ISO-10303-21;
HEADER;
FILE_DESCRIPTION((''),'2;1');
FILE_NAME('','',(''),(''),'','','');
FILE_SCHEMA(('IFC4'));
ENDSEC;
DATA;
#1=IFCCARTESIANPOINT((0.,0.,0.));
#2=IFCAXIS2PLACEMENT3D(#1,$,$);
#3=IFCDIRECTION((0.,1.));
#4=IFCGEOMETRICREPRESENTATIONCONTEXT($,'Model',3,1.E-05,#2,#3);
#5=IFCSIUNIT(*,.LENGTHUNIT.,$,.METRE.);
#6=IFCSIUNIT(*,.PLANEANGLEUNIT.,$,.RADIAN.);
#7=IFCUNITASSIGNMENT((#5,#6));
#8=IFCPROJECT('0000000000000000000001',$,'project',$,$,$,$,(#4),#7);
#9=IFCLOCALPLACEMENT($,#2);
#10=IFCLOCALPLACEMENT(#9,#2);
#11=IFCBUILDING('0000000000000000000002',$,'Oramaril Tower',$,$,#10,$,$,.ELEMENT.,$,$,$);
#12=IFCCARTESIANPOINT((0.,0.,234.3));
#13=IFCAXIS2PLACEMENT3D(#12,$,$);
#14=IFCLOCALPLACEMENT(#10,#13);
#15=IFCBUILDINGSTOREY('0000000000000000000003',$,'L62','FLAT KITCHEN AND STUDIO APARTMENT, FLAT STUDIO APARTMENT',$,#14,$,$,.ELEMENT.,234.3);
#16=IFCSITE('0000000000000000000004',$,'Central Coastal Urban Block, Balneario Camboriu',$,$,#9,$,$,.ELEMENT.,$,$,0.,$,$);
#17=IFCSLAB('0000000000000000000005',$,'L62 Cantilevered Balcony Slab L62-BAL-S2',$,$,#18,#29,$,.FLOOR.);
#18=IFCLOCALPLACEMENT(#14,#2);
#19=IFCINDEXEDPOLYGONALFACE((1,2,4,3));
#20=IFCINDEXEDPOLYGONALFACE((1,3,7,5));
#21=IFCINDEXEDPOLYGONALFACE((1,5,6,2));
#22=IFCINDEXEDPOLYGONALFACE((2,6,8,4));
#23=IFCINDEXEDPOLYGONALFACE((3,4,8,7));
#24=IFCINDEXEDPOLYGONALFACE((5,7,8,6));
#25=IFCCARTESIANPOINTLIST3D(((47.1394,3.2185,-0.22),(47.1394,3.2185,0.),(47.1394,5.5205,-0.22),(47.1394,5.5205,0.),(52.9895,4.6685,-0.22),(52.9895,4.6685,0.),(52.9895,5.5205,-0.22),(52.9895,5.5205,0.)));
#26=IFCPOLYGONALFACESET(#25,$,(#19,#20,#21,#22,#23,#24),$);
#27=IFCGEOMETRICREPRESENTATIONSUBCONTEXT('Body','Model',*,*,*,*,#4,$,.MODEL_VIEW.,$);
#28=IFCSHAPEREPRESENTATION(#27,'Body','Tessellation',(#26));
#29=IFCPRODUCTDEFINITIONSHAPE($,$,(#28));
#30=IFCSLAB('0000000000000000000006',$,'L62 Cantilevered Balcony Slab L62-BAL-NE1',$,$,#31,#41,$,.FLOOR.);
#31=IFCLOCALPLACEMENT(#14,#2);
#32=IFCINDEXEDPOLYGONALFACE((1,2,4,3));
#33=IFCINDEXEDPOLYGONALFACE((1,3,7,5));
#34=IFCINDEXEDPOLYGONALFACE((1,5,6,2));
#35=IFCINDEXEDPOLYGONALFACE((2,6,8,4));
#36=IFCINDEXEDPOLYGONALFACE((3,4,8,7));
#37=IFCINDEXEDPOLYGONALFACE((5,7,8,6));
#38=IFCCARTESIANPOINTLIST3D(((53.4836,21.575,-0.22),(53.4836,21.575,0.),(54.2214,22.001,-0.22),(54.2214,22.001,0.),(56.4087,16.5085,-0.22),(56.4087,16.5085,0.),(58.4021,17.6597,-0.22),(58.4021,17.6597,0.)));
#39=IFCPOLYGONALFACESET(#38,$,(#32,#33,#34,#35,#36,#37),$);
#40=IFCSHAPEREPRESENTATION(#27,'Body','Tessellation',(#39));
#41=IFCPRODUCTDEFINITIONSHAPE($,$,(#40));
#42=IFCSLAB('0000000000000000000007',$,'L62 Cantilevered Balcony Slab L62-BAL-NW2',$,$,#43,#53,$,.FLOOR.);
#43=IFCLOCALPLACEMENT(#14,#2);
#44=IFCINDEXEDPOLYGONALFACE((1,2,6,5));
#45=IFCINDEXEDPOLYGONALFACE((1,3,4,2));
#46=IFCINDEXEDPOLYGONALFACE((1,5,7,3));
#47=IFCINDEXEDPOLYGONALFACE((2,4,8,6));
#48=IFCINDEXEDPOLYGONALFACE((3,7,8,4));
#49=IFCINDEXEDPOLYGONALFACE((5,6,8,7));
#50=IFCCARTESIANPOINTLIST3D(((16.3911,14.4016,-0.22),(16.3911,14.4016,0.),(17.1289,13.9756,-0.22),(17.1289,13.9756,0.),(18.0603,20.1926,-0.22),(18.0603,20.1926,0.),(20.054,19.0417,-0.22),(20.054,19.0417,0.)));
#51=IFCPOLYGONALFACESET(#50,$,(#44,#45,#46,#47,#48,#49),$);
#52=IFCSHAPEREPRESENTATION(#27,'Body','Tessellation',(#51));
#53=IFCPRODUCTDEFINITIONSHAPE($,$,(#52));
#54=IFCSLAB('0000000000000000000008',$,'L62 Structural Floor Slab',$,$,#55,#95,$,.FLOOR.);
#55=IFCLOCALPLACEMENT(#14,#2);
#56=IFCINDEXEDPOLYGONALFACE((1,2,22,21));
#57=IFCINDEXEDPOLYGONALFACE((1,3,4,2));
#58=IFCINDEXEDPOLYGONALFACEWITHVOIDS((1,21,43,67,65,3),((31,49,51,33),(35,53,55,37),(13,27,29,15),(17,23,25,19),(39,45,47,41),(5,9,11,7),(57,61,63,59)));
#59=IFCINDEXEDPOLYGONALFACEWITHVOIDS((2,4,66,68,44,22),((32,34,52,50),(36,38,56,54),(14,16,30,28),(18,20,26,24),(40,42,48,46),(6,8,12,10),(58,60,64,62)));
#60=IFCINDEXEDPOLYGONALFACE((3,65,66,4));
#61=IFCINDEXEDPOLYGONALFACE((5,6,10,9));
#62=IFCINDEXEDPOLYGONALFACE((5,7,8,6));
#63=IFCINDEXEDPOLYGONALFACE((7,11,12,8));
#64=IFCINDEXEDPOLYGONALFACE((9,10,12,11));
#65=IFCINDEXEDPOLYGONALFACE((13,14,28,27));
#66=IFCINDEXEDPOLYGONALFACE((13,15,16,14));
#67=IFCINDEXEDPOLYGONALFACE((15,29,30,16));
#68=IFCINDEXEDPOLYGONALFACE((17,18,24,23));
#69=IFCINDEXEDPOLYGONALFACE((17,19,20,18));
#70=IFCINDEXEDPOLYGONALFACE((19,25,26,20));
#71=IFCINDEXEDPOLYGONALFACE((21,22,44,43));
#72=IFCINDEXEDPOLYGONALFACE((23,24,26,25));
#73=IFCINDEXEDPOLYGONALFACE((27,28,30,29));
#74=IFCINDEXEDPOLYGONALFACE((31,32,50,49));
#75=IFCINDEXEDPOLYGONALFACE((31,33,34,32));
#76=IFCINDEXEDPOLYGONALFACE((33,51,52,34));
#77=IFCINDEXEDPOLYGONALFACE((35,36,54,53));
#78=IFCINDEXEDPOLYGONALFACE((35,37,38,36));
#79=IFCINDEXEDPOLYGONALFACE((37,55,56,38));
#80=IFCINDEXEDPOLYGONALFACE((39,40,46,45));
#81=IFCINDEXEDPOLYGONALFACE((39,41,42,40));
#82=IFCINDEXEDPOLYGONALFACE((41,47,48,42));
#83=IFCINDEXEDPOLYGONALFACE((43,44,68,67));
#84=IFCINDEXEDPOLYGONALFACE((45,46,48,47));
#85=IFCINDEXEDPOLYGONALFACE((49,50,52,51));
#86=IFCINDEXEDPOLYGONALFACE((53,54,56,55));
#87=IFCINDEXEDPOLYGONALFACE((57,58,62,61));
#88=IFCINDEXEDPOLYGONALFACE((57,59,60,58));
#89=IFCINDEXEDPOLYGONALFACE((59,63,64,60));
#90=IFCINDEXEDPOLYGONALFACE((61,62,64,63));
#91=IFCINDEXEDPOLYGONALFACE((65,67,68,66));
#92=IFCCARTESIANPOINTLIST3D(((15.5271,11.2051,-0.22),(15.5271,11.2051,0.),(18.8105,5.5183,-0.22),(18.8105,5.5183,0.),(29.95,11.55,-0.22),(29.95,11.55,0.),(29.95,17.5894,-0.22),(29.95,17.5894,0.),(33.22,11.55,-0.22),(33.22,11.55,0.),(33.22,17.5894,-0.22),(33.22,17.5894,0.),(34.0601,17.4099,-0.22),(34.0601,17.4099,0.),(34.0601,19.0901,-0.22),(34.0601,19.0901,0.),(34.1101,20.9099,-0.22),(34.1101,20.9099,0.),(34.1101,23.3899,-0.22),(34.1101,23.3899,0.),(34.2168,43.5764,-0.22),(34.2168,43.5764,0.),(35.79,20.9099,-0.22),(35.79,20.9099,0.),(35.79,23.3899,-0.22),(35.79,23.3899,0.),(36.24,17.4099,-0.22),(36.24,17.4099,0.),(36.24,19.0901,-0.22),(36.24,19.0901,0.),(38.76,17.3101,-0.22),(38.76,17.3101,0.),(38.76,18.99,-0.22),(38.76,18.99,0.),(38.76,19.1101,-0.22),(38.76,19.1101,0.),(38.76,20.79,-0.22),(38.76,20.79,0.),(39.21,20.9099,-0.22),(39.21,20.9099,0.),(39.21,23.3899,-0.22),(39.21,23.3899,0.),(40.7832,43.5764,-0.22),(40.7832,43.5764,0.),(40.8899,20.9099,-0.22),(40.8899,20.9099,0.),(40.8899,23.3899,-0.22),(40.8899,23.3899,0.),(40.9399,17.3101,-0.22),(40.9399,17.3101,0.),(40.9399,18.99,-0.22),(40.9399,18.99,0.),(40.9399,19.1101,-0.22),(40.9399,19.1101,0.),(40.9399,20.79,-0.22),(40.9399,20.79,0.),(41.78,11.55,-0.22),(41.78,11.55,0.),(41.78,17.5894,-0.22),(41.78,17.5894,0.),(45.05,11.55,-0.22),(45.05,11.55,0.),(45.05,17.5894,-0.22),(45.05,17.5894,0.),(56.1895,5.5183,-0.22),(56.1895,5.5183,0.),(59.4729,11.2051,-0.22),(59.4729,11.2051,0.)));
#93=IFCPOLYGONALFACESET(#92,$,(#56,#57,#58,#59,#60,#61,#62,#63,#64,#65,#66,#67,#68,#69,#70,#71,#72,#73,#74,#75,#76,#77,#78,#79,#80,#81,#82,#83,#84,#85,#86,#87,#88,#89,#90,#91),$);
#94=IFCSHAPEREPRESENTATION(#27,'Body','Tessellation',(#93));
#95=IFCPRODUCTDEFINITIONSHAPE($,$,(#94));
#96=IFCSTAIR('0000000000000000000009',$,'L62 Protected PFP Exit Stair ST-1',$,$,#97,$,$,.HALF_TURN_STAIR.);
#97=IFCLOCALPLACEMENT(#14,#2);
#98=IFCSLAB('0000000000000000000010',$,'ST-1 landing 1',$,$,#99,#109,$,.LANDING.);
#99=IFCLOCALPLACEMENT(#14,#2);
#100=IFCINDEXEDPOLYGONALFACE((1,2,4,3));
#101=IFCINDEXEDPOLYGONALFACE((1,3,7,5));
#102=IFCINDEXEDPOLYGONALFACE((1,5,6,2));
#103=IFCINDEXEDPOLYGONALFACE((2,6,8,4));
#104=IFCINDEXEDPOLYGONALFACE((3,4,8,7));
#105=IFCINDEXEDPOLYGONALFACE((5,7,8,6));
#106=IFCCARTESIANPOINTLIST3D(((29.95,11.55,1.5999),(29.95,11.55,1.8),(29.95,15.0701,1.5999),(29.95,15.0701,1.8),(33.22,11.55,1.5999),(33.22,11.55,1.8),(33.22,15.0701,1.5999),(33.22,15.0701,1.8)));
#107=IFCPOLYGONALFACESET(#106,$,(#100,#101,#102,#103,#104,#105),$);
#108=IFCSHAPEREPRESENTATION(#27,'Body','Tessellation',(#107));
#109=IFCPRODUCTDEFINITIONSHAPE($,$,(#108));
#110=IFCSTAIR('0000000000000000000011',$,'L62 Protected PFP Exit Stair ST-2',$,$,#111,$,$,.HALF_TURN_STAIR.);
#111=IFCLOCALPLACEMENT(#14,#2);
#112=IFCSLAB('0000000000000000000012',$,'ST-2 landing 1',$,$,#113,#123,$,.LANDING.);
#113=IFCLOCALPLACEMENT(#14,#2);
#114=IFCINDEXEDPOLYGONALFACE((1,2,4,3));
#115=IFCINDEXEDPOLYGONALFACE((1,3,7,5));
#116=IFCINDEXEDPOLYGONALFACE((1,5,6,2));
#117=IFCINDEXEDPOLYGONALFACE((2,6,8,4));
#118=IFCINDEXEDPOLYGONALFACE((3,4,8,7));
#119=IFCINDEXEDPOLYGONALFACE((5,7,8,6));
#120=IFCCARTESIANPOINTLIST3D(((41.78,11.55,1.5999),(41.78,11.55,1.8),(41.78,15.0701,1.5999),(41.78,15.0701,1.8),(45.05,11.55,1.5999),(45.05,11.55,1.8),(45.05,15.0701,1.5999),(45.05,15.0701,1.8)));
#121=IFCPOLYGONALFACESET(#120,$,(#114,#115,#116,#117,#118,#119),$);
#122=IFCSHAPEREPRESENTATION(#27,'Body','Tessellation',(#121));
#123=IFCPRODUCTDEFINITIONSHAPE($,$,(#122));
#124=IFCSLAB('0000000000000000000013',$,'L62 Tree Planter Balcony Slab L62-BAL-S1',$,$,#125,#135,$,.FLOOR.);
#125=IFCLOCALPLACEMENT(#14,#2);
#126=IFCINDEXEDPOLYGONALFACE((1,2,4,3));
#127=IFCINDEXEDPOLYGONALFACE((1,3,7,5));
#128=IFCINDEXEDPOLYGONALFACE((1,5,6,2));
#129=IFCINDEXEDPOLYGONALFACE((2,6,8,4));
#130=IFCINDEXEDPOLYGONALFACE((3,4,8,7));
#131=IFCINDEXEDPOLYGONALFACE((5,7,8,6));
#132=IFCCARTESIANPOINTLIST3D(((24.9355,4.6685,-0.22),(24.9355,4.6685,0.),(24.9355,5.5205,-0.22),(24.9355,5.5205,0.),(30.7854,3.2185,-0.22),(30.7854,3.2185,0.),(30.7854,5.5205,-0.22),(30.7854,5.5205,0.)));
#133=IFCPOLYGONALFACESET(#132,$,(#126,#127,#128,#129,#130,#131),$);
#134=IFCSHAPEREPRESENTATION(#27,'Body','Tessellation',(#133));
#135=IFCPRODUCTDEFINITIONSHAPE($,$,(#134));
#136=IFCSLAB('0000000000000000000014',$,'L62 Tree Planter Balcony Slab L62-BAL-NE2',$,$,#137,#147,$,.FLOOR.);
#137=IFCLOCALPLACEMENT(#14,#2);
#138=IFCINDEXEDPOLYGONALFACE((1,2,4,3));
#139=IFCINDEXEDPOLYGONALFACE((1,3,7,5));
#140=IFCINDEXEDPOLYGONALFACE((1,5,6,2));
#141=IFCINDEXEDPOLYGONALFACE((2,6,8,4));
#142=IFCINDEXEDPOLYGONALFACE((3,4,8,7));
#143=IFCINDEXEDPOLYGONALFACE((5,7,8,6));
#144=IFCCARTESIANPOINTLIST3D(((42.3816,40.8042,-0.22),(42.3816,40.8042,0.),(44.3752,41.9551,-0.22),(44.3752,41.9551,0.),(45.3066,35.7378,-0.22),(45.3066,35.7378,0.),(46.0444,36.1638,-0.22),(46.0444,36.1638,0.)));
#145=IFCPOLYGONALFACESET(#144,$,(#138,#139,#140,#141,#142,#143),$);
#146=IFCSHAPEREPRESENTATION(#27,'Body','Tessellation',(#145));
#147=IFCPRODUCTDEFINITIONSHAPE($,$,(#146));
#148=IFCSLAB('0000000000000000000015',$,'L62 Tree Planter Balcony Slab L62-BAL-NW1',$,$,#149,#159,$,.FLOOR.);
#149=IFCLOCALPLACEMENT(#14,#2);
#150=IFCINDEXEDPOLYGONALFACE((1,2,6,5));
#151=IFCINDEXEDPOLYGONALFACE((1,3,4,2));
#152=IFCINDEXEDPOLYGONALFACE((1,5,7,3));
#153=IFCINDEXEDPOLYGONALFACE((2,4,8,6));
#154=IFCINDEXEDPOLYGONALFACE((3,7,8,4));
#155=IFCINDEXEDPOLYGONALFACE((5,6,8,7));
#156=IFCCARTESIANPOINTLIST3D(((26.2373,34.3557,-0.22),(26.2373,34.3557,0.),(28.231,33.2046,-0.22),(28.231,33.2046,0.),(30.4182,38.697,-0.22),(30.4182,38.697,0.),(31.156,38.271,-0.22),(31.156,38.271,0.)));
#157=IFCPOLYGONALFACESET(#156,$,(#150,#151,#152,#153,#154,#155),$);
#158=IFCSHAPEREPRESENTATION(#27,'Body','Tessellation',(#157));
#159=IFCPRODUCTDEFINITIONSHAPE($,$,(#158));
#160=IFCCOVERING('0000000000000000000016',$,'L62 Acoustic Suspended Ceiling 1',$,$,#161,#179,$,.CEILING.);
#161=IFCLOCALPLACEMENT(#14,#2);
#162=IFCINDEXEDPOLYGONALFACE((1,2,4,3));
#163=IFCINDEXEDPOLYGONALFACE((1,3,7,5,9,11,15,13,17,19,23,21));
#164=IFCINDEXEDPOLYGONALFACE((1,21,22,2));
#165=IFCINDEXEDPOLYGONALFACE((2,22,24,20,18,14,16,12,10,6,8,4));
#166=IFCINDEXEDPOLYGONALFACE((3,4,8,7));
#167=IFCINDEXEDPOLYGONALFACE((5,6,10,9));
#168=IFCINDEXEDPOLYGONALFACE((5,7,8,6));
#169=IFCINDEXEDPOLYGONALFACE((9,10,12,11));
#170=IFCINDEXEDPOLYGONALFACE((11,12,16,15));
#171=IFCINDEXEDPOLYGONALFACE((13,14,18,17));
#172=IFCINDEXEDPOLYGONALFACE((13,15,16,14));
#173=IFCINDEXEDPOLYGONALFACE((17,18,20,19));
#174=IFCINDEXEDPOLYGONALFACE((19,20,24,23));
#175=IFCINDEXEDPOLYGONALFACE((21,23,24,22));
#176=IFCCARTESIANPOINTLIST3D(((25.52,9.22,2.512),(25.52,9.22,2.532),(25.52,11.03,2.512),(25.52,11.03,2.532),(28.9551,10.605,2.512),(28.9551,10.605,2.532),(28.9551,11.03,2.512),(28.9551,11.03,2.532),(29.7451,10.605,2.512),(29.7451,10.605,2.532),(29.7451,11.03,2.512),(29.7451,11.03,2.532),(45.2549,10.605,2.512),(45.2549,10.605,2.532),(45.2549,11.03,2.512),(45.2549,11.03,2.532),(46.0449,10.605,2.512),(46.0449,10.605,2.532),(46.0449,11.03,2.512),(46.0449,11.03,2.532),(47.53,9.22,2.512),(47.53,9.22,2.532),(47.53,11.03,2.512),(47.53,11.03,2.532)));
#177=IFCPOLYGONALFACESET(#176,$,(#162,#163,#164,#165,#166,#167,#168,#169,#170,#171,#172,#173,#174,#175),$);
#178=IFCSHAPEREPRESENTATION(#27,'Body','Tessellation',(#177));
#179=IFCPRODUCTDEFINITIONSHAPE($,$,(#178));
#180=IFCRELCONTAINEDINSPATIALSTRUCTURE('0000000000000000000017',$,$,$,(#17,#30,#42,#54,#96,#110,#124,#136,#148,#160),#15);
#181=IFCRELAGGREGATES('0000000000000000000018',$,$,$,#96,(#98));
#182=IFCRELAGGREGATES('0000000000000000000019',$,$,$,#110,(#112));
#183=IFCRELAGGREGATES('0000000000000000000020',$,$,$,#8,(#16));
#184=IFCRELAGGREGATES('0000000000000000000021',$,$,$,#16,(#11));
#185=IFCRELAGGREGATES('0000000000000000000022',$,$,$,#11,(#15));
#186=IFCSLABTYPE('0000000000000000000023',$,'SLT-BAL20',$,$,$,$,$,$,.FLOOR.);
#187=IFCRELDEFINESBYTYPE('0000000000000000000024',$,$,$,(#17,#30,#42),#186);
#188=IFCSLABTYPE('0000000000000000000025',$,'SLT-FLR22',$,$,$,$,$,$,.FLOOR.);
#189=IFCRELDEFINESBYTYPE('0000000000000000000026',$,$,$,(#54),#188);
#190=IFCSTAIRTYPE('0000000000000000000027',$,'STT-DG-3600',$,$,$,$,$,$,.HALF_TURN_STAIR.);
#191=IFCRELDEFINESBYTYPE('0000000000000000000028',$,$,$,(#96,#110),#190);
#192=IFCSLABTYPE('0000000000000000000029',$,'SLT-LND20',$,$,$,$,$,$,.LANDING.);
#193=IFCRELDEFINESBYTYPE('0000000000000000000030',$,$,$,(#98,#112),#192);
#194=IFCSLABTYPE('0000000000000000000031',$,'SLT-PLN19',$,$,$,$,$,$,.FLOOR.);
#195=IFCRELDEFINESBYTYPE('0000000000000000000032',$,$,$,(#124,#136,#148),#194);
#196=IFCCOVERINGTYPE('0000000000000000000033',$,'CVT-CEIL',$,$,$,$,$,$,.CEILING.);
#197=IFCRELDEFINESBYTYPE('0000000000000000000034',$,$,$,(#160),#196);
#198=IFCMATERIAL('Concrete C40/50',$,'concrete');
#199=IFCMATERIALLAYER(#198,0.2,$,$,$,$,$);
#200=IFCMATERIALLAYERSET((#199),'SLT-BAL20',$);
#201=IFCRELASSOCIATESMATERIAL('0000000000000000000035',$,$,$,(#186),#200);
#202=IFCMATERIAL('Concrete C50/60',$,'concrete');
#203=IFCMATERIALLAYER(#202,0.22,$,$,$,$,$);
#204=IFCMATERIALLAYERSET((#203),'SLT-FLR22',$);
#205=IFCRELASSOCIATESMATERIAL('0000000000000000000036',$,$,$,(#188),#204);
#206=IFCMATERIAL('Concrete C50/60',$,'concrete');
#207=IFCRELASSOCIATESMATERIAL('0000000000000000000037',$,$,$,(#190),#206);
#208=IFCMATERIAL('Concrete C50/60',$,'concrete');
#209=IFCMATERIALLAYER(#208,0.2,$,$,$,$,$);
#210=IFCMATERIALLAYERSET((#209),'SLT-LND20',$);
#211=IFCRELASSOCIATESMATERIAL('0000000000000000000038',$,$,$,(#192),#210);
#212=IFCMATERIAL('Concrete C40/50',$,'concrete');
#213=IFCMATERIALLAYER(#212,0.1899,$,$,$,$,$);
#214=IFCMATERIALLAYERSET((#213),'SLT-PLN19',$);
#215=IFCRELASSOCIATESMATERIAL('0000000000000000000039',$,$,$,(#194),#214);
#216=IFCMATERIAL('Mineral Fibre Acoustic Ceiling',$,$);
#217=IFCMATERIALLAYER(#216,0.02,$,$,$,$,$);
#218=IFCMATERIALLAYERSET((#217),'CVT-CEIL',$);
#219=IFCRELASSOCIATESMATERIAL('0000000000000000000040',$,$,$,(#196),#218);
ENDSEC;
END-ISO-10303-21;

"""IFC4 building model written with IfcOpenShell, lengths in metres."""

from ifc_helpers import new_model, si_unit, direction, frame, origin, place, context, subcontext, project, spatial, polyline, outline, extrude, material, layer, layer_set, type_object, element, aggregate, save


model = new_model("IFC4")

# Units and contexts
model_context = context("Model", 3, precision=1e-05, world=origin(), true_north=direction((0.0, 1.0)))
body_context = subcontext(model_context, "Body", "Model", "MODEL_VIEW")
ifc_project = project(units=[si_unit("LENGTHUNIT", "METRE"), si_unit("PLANEANGLEUNIT", "RADIAN")], contexts=[model_context])

# Site, building, storey
site_placement = place(None, origin())
site = spatial("IfcSite", under=ifc_project, at=site_placement, Name="Central Coastal Urban Block, Balneario Camboriu", CompositionType="ELEMENT", RefElevation=0.0)
building_placement = place(site_placement, origin())
building = spatial("IfcBuilding", under=site, at=building_placement, Name="Oramaril Tower", CompositionType="ELEMENT")
storey_placement = place(building_placement, frame((0.0, 0.0, 234.3)))
storey = spatial("IfcBuildingStorey", under=building, at=storey_placement, Name="L62", Description="FLAT KITCHEN AND STUDIO APARTMENT, FLAT STUDIO APARTMENT", CompositionType="ELEMENT", Elevation=234.3)

# Slabs
ifc_material_1 = material(Name="Concrete C40/50", Category="concrete")
ifc_layer_1 = layer(ifc_material_1, 0.2)
ifc_layer_set_1 = layer_set([ifc_layer_1], Name="SLT-BAL20")
slab_type_1 = type_object("IfcSlabType", Name="SLT-BAL20", PredefinedType="FLOOR", material=ifc_layer_set_1)
slab_1_placement = place(storey_placement, frame((0.0, 0.0, -0.22)))
element("IfcSlab", 1, at=slab_1_placement, inside=storey, type_object=slab_type_1, Name="L62 Cantilevered Balcony Slab L62-BAL-S2", PredefinedType="FLOOR", context=body_context, shape_type="SweptSolid", body=[
    extrude(outline(polyline([(47.1394, 5.5205), (52.9895, 5.5205), (52.9895, 4.6685), (47.1394, 3.2185), (47.1394, 5.5205)])), origin(), (0.0, 0.0, 1.0), 0.22),
])
slab_2_placement = place(storey_placement, frame((0.0, 0.0, -0.22)))
element("IfcSlab", 2, at=slab_2_placement, inside=storey, type_object=slab_type_1, Name="L62 Cantilevered Balcony Slab L62-BAL-NE1", PredefinedType="FLOOR", context=body_context, shape_type="SweptSolid", body=[
    extrude(outline(polyline([(56.4087, 16.5085), (53.4836, 21.575), (54.2214, 22.001), (58.4021, 17.6597), (56.4087, 16.5085)])), origin(), (0.0, 0.0, 1.0), 0.22),
])
slab_3_placement = place(storey_placement, frame((0.0, 0.0, -0.22)))
element("IfcSlab", 3, at=slab_3_placement, inside=storey, type_object=slab_type_1, Name="L62 Cantilevered Balcony Slab L62-BAL-NW2", PredefinedType="FLOOR", context=body_context, shape_type="SweptSolid", body=[
    extrude(outline(polyline([(20.054, 19.0417), (17.1289, 13.9756), (16.3911, 14.4016), (18.0603, 20.1926), (20.054, 19.0417)])), origin(), (0.0, 0.0, 1.0), 0.22),
])
ifc_material_2 = material(Name="Concrete C50/60", Category="concrete")
ifc_layer_2 = layer(ifc_material_2, 0.22)
ifc_layer_set_2 = layer_set([ifc_layer_2], Name="SLT-FLR22")
slab_type_2 = type_object("IfcSlabType", Name="SLT-FLR22", PredefinedType="FLOOR", material=ifc_layer_set_2)
slab_4_placement = place(storey_placement, frame((0.0, 0.0, -0.22)))
element("IfcSlab", 4, at=slab_4_placement, inside=storey, type_object=slab_type_2, Name="L62 Structural Floor Slab", PredefinedType="FLOOR", context=body_context, shape_type="SweptSolid", body=[
    extrude(outline(polyline([(15.5271, 11.2051), (18.8105, 5.5183), (56.1895, 5.5183), (59.4729, 11.2051), (40.7832, 43.5764), (34.2168, 43.5764), (15.5271, 11.2051)]), holes=[polyline([(29.95, 17.5894), (29.95, 11.55), (33.22, 11.55), (33.22, 17.5894), (29.95, 17.5894)]), polyline([(41.78, 17.5894), (41.78, 11.55), (45.05, 11.55), (45.05, 17.5894), (41.78, 17.5894)]), polyline([(34.1101, 20.9099), (35.79, 20.9099), (35.79, 23.3899), (34.1101, 23.3899), (34.1101, 20.9099)]), polyline([(39.21, 20.9099), (40.8899, 20.9099), (40.8899, 23.3899), (39.21, 23.3899), (39.21, 20.9099)]), polyline([(34.0601, 17.4099), (36.24, 17.4099), (36.24, 19.0901), (34.0601, 19.0901), (34.0601, 17.4099)]), polyline([(38.76, 17.3101), (40.9399, 17.3101), (40.9399, 18.99), (38.76, 18.99), (38.76, 17.3101)]), polyline([(38.76, 19.1101), (40.9399, 19.1101), (40.9399, 20.79), (38.76, 20.79), (38.76, 19.1101)])]), origin(), (0.0, 0.0, 1.0), 0.22),
])

# Stairs, slabs
ifc_material_3 = material(Name="Concrete C50/60", Category="concrete")
stair_type = type_object("IfcStairType", Name="STT-DG-3600", PredefinedType="HALF_TURN_STAIR", material=ifc_material_3)
stair_1_placement = place(storey_placement, origin())
stair_1 = element("IfcStair", 5, at=stair_1_placement, inside=storey, type_object=stair_type, Name="L62 Protected PFP Exit Stair ST-1", PredefinedType="HALF_TURN_STAIR")
ifc_material_4 = material(Name="Concrete C50/60", Category="concrete")
ifc_layer_3 = layer(ifc_material_4, 0.2)
ifc_layer_set_3 = layer_set([ifc_layer_3], Name="SLT-LND20")
slab_type_3 = type_object("IfcSlabType", Name="SLT-LND20", PredefinedType="LANDING", material=ifc_layer_set_3)
slab_5_placement = place(storey_placement, frame((0.0, 0.0, 1.5999)))
slab_5 = element("IfcSlab", 6, at=slab_5_placement, type_object=slab_type_3, Name="ST-1 landing 1", PredefinedType="LANDING", context=body_context, shape_type="SweptSolid", body=[
    extrude(outline(polyline([(29.95, 15.0701), (29.95, 11.55), (33.22, 11.55), (33.22, 15.0701), (29.95, 15.0701)])), origin(), (0.0, 0.0, 1.0), 0.2002),
])
aggregate(stair_1, [slab_5])
stair_2_placement = place(storey_placement, origin())
stair_2 = element("IfcStair", 7, at=stair_2_placement, inside=storey, type_object=stair_type, Name="L62 Protected PFP Exit Stair ST-2", PredefinedType="HALF_TURN_STAIR")
slab_6_placement = place(storey_placement, frame((0.0, 0.0, 1.5999)))
slab_6 = element("IfcSlab", 8, at=slab_6_placement, type_object=slab_type_3, Name="ST-2 landing 1", PredefinedType="LANDING", context=body_context, shape_type="SweptSolid", body=[
    extrude(outline(polyline([(41.78, 15.0701), (41.78, 11.55), (45.05, 11.55), (45.05, 15.0701), (41.78, 15.0701)])), origin(), (0.0, 0.0, 1.0), 0.2002),
])
aggregate(stair_2, [slab_6])

# Slabs
ifc_material_5 = material(Name="Concrete C40/50", Category="concrete")
ifc_layer_4 = layer(ifc_material_5, 0.1899)
ifc_layer_set_4 = layer_set([ifc_layer_4], Name="SLT-PLN19")
slab_type_4 = type_object("IfcSlabType", Name="SLT-PLN19", PredefinedType="FLOOR", material=ifc_layer_set_4)
slab_7_placement = place(storey_placement, frame((0.0, 0.0, -0.22)))
element("IfcSlab", 9, at=slab_7_placement, inside=storey, type_object=slab_type_4, Name="L62 Tree Planter Balcony Slab L62-BAL-S1", PredefinedType="FLOOR", context=body_context, shape_type="SweptSolid", body=[
    extrude(outline(polyline([(24.9355, 5.5205), (30.7854, 5.5205), (30.7854, 3.2185), (24.9355, 4.6685), (24.9355, 5.5205)])), origin(), (0.0, 0.0, 1.0), 0.22),
])
slab_8_placement = place(storey_placement, frame((0.0, 0.0, -0.22)))
element("IfcSlab", 10, at=slab_8_placement, inside=storey, type_object=slab_type_4, Name="L62 Tree Planter Balcony Slab L62-BAL-NE2", PredefinedType="FLOOR", context=body_context, shape_type="SweptSolid", body=[
    extrude(outline(polyline([(45.3066, 35.7378), (42.3816, 40.8042), (44.3752, 41.9551), (46.0444, 36.1638), (45.3066, 35.7378)])), origin(), (0.0, 0.0, 1.0), 0.22),
])
slab_9_placement = place(storey_placement, frame((0.0, 0.0, -0.22)))
element("IfcSlab", 11, at=slab_9_placement, inside=storey, type_object=slab_type_4, Name="L62 Tree Planter Balcony Slab L62-BAL-NW1", PredefinedType="FLOOR", context=body_context, shape_type="SweptSolid", body=[
    extrude(outline(polyline([(31.156, 38.271), (28.231, 33.2046), (26.2373, 34.3557), (30.4182, 38.697), (31.156, 38.271)])), origin(), (0.0, 0.0, 1.0), 0.22),
])

# Covering
ifc_material_6 = material(Name="Mineral Fibre Acoustic Ceiling")
ifc_layer_5 = layer(ifc_material_6, 0.02)
ifc_layer_set_5 = layer_set([ifc_layer_5], Name="CVT-CEIL")
covering_type_1 = type_object("IfcCoveringType", Name="CVT-CEIL", PredefinedType="CEILING", material=ifc_layer_set_5)
covering_1_placement = place(storey_placement, frame((0.0, 0.0, 2.512)))
element("IfcCovering", 12, at=covering_1_placement, inside=storey, type_object=covering_type_1, Name="L62 Acoustic Suspended Ceiling 1", PredefinedType="CEILING", context=body_context, shape_type="SweptSolid", body=[
    extrude(outline(polyline([(28.9551, 10.605), (29.7451, 10.605), (29.7451, 11.03), (45.2549, 11.03), (45.2549, 10.605), (46.0449, 10.605), (46.0449, 11.03), (47.53, 11.03), (47.53, 9.22), (25.52, 9.22), (25.52, 11.03), (28.9551, 11.03), (28.9551, 10.605)])), origin(), (0.0, 0.0, 1.0), 0.02),
])

save(model, "model.ifc")
